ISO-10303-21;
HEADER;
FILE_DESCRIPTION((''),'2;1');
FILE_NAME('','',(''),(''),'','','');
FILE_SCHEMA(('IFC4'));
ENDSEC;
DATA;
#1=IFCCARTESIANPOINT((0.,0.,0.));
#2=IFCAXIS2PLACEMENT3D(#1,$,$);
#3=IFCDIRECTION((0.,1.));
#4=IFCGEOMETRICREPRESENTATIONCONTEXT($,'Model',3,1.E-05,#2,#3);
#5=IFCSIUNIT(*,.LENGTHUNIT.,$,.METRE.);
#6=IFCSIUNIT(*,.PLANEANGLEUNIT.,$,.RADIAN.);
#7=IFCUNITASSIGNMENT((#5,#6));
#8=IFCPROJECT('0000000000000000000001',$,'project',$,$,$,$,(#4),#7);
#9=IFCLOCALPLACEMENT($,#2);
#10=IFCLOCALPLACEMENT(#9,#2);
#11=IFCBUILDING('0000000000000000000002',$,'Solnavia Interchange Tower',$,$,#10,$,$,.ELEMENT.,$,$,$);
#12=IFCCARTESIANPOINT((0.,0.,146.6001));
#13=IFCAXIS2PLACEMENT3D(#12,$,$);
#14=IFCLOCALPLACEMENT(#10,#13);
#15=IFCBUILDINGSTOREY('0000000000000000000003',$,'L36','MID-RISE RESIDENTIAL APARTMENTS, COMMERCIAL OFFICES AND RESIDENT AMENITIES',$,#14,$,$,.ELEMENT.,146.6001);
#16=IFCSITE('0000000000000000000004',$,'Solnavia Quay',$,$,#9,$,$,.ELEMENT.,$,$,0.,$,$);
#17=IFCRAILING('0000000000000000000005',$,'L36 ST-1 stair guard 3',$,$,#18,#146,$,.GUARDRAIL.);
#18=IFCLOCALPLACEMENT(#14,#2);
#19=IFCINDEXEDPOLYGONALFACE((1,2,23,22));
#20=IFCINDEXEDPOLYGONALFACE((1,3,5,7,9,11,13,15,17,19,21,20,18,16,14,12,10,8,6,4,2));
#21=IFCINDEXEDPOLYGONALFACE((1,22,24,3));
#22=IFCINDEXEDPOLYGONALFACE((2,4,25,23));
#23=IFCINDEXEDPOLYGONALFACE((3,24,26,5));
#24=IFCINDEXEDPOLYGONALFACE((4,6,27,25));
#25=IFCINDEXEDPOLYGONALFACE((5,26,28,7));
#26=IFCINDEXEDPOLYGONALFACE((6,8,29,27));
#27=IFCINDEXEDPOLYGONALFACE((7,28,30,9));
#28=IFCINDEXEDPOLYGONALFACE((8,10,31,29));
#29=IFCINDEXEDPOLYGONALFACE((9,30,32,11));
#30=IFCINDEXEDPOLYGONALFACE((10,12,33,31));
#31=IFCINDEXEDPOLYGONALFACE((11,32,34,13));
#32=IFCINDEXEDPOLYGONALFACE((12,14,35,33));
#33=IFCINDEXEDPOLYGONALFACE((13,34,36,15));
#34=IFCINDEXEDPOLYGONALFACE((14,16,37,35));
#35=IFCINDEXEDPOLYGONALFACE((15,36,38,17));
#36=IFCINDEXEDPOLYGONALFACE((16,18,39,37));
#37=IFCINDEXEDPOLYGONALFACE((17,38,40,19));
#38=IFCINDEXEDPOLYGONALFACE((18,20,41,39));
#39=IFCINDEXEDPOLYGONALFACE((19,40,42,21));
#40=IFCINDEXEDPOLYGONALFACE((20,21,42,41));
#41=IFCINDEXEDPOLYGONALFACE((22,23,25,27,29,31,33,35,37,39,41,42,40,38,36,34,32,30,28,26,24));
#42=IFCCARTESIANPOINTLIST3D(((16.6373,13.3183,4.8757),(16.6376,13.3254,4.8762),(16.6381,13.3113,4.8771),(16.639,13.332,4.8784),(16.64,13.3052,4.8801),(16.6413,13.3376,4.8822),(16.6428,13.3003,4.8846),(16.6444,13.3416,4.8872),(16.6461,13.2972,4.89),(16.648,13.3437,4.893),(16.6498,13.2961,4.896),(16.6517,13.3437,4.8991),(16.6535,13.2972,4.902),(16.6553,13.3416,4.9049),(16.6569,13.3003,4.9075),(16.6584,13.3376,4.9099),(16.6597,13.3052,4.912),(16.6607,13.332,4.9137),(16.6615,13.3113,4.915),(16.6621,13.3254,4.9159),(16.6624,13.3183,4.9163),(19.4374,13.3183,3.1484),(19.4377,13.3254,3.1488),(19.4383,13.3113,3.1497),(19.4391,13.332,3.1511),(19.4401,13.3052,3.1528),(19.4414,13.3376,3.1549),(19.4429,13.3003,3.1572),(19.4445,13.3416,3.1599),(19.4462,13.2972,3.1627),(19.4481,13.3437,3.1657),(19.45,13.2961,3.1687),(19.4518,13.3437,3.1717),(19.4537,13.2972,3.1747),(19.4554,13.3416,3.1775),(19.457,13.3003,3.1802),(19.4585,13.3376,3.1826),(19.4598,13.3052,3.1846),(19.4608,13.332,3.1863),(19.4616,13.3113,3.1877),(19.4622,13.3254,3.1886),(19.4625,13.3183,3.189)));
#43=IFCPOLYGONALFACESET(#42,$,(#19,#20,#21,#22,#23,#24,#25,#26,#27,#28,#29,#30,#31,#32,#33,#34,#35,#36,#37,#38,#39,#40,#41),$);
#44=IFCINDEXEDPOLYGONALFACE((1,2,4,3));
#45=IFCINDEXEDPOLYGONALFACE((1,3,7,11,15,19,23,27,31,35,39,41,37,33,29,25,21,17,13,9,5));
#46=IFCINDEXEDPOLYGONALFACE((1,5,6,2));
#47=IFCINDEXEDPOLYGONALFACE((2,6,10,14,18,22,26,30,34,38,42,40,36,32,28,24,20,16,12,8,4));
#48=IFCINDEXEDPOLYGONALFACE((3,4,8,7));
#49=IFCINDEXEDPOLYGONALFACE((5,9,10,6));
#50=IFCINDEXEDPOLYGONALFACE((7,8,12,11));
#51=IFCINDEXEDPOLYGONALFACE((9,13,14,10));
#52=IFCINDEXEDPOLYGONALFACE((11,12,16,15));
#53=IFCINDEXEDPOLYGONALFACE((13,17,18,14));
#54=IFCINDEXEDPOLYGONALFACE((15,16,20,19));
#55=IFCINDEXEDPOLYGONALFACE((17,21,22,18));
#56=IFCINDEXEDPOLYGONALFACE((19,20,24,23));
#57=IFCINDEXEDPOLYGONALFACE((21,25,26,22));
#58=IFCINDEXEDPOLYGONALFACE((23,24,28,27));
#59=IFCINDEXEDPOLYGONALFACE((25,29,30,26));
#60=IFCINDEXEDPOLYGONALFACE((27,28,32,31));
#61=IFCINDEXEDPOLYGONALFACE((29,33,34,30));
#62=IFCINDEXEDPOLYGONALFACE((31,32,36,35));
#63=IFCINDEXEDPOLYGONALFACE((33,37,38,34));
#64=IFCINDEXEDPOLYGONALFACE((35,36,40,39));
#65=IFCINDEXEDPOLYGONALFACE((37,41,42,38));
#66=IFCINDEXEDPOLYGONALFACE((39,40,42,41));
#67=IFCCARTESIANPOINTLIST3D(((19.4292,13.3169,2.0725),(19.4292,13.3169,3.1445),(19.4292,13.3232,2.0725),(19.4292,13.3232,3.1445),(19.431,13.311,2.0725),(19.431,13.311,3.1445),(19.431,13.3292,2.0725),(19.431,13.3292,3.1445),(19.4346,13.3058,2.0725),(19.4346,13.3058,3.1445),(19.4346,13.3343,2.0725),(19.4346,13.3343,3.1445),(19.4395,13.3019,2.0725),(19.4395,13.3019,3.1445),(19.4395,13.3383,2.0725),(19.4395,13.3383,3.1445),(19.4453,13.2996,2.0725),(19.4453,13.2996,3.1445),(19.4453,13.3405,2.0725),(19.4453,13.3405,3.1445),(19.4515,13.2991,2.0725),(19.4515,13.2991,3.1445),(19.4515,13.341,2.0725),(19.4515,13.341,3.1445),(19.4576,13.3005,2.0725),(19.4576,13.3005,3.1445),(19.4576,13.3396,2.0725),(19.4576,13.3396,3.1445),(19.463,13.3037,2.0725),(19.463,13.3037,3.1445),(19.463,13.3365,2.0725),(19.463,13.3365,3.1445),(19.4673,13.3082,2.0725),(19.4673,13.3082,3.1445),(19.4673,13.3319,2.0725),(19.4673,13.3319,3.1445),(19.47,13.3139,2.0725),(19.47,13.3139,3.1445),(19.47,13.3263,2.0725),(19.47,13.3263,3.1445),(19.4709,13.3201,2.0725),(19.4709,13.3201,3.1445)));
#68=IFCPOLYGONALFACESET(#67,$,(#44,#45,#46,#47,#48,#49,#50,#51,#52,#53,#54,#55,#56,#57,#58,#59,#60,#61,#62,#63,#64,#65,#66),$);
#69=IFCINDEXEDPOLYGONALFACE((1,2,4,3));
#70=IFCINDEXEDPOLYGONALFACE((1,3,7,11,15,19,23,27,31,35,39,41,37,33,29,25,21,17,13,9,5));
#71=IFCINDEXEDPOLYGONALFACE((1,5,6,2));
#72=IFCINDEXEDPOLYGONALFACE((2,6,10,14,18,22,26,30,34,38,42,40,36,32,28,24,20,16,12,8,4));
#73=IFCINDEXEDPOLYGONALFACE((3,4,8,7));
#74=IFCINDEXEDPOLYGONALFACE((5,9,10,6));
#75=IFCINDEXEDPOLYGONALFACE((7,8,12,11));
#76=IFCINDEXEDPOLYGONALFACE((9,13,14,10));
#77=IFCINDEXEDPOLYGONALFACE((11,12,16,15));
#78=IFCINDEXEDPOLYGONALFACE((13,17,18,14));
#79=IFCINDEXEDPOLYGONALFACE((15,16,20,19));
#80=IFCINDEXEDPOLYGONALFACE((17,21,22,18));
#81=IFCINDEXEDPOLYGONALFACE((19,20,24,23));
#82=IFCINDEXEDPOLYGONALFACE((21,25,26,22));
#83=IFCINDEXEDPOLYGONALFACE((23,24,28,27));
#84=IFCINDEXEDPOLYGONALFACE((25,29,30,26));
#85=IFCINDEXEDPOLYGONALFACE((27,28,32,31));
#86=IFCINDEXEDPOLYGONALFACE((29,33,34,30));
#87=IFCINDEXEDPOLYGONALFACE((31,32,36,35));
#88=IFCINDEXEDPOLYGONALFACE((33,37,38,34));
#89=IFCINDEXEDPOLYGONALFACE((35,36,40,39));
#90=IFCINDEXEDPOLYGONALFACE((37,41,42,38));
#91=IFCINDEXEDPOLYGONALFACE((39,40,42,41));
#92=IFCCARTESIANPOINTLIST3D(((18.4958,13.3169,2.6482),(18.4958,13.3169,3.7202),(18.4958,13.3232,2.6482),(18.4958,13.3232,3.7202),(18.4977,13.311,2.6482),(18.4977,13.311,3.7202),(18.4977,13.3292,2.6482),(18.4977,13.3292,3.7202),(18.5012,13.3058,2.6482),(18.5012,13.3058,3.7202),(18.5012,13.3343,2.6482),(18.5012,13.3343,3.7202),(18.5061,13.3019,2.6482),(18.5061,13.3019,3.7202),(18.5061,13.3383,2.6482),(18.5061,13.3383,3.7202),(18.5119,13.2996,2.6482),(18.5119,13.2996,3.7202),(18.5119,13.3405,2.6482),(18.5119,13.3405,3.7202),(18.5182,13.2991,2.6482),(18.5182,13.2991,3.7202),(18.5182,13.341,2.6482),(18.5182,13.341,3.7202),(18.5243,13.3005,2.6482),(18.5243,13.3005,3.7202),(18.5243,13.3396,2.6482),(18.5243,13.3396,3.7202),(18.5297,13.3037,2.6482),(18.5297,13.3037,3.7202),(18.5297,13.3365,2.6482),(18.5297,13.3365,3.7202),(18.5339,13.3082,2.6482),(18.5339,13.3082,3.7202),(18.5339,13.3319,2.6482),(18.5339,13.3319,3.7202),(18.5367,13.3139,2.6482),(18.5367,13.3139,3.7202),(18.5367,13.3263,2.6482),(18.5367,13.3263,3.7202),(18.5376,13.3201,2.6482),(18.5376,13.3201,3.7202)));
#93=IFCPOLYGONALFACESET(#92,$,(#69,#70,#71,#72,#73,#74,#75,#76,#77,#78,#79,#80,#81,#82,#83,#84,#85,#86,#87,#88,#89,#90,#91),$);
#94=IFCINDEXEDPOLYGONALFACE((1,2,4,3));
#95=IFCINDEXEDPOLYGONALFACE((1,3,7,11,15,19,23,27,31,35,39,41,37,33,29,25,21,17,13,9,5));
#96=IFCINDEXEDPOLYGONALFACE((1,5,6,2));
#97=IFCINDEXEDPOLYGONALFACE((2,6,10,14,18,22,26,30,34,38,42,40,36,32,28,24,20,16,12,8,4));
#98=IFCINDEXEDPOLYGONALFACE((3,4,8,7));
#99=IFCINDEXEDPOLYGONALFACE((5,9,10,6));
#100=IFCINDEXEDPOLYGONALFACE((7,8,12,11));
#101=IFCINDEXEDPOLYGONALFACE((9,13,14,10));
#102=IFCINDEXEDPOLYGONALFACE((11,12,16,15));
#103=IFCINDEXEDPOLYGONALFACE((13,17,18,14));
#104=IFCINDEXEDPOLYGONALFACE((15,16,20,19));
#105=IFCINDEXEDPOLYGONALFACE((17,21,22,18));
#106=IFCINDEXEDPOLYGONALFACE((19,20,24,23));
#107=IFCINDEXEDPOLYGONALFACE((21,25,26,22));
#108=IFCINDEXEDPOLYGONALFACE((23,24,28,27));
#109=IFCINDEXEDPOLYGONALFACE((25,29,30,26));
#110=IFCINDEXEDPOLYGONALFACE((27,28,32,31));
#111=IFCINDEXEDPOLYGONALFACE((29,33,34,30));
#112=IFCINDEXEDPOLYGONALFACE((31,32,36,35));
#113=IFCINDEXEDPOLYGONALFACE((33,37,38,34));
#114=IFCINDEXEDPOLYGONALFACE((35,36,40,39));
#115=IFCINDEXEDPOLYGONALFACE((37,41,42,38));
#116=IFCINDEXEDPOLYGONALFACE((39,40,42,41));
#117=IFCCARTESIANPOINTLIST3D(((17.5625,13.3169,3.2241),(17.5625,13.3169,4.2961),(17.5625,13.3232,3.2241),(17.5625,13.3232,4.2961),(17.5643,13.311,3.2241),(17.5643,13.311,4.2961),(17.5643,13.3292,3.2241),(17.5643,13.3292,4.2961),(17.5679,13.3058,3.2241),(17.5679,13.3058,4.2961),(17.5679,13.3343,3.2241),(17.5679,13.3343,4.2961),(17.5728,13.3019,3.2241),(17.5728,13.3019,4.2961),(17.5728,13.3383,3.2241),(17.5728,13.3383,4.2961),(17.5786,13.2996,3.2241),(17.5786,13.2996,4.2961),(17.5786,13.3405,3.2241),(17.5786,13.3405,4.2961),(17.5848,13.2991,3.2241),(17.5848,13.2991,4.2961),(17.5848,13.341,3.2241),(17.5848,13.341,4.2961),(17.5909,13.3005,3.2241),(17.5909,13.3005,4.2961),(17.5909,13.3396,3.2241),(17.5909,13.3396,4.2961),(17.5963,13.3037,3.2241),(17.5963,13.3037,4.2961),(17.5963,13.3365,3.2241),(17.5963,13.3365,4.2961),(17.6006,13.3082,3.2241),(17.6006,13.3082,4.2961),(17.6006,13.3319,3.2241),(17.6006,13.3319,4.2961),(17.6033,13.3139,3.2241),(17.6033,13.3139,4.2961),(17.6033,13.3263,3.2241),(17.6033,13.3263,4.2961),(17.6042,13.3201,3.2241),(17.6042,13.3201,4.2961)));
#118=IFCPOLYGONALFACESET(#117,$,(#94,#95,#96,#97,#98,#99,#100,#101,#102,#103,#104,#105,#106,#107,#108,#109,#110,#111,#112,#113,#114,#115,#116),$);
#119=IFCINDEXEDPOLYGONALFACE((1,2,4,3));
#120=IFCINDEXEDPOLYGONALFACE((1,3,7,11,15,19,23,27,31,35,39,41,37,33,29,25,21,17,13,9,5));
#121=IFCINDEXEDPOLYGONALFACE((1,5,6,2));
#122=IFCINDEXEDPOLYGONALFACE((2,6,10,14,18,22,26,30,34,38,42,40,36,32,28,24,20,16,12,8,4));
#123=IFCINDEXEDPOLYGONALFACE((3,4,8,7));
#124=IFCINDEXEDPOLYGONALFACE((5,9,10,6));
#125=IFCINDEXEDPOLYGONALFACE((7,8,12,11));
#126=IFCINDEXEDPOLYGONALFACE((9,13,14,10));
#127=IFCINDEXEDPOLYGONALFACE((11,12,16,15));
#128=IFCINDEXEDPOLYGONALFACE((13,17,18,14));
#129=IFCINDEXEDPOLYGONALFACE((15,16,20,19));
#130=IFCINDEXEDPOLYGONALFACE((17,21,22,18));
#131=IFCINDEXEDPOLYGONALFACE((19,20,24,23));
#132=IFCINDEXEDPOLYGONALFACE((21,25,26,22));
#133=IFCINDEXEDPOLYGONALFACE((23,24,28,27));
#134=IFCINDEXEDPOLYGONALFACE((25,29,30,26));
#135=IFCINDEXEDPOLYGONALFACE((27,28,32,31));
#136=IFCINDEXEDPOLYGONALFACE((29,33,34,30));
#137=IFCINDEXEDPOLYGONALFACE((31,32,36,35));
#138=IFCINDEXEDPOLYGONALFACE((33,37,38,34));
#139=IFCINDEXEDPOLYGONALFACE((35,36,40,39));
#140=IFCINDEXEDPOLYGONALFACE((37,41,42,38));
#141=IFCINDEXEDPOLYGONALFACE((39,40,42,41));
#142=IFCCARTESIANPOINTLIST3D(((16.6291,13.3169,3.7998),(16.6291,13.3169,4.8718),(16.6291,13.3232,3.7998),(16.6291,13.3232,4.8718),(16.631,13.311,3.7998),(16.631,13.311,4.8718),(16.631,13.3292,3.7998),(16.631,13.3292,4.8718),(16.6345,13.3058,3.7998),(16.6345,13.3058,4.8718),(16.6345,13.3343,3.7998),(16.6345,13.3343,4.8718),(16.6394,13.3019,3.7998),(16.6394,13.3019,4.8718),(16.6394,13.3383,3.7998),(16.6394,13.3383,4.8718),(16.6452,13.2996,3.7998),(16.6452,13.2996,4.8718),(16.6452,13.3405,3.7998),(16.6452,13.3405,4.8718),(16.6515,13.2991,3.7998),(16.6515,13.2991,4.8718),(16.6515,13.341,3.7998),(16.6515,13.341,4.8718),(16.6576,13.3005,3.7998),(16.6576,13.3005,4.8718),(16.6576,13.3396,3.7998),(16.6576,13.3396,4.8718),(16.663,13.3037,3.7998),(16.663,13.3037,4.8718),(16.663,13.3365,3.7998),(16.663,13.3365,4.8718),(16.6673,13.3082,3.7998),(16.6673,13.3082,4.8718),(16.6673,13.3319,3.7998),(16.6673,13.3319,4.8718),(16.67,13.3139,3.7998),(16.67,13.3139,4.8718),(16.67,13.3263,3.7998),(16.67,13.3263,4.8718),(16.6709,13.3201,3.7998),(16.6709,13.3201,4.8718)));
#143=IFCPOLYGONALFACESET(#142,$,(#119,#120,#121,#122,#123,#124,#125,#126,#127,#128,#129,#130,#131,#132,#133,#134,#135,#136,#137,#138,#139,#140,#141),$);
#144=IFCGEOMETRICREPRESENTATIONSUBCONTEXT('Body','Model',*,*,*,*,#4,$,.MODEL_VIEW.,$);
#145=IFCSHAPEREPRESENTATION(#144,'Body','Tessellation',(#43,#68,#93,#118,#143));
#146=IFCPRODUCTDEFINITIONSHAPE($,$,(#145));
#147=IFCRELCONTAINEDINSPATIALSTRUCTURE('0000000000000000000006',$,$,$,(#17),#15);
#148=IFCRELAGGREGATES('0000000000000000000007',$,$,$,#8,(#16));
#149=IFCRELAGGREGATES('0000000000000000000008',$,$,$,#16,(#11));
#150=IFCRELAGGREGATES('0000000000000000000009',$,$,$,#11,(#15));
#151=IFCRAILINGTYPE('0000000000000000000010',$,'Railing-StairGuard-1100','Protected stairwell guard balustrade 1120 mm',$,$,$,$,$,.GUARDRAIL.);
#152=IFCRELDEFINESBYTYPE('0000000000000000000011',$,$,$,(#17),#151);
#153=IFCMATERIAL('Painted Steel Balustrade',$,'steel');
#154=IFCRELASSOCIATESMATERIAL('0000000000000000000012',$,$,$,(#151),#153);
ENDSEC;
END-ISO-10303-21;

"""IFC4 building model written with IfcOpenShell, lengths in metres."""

from ifc_helpers import new_model, si_unit, direction, frame, origin, origin_2d, place, context, subcontext, project, spatial, circle, extrude, material, type_object, element, save


model = new_model("IFC4")

# Units and contexts
model_context = context("Model", 3, precision=1e-05, world=origin(), true_north=direction((0.0, 1.0)))
body_context = subcontext(model_context, "Body", "Model", "MODEL_VIEW")
ifc_project = project(units=[si_unit("LENGTHUNIT", "METRE"), si_unit("PLANEANGLEUNIT", "RADIAN")], contexts=[model_context])

# Site, building, storey
site_placement = place(None, origin())
site = spatial("IfcSite", under=ifc_project, at=site_placement, Name="Solnavia Quay", CompositionType="ELEMENT", RefElevation=0.0)
building_placement = place(site_placement, origin())
building = spatial("IfcBuilding", under=site, at=building_placement, Name="Solnavia Interchange Tower", CompositionType="ELEMENT")
storey_placement = place(building_placement, frame((0.0, 0.0, 146.6001)))
storey = spatial("IfcBuildingStorey", under=building, at=storey_placement, Name="L36", Description="MID-RISE RESIDENTIAL APARTMENTS, COMMERCIAL OFFICES AND RESIDENT AMENITIES", CompositionType="ELEMENT", Elevation=146.6001)

# Railing
ifc_material_1 = material(Name="Painted Steel Balustrade", Category="steel")
railing_type_1 = type_object("IfcRailingType", Name="Railing-StairGuard-1100", Description="Protected stairwell guard balustrade 1120 mm", PredefinedType="GUARDRAIL", material=ifc_material_1)
railing_1_placement = place(storey_placement, frame((19.45, 13.3201, 2.0725)))
element("IfcRailing", 1, at=railing_1_placement, inside=storey, type_object=railing_type_1, Name="L36 ST-1 stair guard 3", PredefinedType="GUARDRAIL", context=body_context, shape_type="SweptSolid", body=[
    extrude(circle(Radius=0.0239, at=origin_2d()), frame((0.0, 0.0, 1.0962), z_axis=(-0.85109, 0.0, 0.52502), x_axis=(0.0, -1.0, 0.0)), (0.0, 0.0, 1.0), 3.29),
    extrude(circle(Radius=0.021, at=origin_2d()), origin(), (0.0, 0.0, 1.0), 1.072),
    extrude(circle(Radius=0.021, at=origin_2d()), frame((-0.9333, 0.0, 0.5757)), (0.0, 0.0, 1.0), 1.072),
    extrude(circle(Radius=0.021, at=origin_2d()), frame((-1.8667, 0.0, 1.1516)), (0.0, 0.0, 1.0), 1.072),
    extrude(circle(Radius=0.021, at=origin_2d()), frame((-2.8, 0.0, 1.7273)), (0.0, 0.0, 1.0), 1.072),
])

save(model, "model.ifc")
